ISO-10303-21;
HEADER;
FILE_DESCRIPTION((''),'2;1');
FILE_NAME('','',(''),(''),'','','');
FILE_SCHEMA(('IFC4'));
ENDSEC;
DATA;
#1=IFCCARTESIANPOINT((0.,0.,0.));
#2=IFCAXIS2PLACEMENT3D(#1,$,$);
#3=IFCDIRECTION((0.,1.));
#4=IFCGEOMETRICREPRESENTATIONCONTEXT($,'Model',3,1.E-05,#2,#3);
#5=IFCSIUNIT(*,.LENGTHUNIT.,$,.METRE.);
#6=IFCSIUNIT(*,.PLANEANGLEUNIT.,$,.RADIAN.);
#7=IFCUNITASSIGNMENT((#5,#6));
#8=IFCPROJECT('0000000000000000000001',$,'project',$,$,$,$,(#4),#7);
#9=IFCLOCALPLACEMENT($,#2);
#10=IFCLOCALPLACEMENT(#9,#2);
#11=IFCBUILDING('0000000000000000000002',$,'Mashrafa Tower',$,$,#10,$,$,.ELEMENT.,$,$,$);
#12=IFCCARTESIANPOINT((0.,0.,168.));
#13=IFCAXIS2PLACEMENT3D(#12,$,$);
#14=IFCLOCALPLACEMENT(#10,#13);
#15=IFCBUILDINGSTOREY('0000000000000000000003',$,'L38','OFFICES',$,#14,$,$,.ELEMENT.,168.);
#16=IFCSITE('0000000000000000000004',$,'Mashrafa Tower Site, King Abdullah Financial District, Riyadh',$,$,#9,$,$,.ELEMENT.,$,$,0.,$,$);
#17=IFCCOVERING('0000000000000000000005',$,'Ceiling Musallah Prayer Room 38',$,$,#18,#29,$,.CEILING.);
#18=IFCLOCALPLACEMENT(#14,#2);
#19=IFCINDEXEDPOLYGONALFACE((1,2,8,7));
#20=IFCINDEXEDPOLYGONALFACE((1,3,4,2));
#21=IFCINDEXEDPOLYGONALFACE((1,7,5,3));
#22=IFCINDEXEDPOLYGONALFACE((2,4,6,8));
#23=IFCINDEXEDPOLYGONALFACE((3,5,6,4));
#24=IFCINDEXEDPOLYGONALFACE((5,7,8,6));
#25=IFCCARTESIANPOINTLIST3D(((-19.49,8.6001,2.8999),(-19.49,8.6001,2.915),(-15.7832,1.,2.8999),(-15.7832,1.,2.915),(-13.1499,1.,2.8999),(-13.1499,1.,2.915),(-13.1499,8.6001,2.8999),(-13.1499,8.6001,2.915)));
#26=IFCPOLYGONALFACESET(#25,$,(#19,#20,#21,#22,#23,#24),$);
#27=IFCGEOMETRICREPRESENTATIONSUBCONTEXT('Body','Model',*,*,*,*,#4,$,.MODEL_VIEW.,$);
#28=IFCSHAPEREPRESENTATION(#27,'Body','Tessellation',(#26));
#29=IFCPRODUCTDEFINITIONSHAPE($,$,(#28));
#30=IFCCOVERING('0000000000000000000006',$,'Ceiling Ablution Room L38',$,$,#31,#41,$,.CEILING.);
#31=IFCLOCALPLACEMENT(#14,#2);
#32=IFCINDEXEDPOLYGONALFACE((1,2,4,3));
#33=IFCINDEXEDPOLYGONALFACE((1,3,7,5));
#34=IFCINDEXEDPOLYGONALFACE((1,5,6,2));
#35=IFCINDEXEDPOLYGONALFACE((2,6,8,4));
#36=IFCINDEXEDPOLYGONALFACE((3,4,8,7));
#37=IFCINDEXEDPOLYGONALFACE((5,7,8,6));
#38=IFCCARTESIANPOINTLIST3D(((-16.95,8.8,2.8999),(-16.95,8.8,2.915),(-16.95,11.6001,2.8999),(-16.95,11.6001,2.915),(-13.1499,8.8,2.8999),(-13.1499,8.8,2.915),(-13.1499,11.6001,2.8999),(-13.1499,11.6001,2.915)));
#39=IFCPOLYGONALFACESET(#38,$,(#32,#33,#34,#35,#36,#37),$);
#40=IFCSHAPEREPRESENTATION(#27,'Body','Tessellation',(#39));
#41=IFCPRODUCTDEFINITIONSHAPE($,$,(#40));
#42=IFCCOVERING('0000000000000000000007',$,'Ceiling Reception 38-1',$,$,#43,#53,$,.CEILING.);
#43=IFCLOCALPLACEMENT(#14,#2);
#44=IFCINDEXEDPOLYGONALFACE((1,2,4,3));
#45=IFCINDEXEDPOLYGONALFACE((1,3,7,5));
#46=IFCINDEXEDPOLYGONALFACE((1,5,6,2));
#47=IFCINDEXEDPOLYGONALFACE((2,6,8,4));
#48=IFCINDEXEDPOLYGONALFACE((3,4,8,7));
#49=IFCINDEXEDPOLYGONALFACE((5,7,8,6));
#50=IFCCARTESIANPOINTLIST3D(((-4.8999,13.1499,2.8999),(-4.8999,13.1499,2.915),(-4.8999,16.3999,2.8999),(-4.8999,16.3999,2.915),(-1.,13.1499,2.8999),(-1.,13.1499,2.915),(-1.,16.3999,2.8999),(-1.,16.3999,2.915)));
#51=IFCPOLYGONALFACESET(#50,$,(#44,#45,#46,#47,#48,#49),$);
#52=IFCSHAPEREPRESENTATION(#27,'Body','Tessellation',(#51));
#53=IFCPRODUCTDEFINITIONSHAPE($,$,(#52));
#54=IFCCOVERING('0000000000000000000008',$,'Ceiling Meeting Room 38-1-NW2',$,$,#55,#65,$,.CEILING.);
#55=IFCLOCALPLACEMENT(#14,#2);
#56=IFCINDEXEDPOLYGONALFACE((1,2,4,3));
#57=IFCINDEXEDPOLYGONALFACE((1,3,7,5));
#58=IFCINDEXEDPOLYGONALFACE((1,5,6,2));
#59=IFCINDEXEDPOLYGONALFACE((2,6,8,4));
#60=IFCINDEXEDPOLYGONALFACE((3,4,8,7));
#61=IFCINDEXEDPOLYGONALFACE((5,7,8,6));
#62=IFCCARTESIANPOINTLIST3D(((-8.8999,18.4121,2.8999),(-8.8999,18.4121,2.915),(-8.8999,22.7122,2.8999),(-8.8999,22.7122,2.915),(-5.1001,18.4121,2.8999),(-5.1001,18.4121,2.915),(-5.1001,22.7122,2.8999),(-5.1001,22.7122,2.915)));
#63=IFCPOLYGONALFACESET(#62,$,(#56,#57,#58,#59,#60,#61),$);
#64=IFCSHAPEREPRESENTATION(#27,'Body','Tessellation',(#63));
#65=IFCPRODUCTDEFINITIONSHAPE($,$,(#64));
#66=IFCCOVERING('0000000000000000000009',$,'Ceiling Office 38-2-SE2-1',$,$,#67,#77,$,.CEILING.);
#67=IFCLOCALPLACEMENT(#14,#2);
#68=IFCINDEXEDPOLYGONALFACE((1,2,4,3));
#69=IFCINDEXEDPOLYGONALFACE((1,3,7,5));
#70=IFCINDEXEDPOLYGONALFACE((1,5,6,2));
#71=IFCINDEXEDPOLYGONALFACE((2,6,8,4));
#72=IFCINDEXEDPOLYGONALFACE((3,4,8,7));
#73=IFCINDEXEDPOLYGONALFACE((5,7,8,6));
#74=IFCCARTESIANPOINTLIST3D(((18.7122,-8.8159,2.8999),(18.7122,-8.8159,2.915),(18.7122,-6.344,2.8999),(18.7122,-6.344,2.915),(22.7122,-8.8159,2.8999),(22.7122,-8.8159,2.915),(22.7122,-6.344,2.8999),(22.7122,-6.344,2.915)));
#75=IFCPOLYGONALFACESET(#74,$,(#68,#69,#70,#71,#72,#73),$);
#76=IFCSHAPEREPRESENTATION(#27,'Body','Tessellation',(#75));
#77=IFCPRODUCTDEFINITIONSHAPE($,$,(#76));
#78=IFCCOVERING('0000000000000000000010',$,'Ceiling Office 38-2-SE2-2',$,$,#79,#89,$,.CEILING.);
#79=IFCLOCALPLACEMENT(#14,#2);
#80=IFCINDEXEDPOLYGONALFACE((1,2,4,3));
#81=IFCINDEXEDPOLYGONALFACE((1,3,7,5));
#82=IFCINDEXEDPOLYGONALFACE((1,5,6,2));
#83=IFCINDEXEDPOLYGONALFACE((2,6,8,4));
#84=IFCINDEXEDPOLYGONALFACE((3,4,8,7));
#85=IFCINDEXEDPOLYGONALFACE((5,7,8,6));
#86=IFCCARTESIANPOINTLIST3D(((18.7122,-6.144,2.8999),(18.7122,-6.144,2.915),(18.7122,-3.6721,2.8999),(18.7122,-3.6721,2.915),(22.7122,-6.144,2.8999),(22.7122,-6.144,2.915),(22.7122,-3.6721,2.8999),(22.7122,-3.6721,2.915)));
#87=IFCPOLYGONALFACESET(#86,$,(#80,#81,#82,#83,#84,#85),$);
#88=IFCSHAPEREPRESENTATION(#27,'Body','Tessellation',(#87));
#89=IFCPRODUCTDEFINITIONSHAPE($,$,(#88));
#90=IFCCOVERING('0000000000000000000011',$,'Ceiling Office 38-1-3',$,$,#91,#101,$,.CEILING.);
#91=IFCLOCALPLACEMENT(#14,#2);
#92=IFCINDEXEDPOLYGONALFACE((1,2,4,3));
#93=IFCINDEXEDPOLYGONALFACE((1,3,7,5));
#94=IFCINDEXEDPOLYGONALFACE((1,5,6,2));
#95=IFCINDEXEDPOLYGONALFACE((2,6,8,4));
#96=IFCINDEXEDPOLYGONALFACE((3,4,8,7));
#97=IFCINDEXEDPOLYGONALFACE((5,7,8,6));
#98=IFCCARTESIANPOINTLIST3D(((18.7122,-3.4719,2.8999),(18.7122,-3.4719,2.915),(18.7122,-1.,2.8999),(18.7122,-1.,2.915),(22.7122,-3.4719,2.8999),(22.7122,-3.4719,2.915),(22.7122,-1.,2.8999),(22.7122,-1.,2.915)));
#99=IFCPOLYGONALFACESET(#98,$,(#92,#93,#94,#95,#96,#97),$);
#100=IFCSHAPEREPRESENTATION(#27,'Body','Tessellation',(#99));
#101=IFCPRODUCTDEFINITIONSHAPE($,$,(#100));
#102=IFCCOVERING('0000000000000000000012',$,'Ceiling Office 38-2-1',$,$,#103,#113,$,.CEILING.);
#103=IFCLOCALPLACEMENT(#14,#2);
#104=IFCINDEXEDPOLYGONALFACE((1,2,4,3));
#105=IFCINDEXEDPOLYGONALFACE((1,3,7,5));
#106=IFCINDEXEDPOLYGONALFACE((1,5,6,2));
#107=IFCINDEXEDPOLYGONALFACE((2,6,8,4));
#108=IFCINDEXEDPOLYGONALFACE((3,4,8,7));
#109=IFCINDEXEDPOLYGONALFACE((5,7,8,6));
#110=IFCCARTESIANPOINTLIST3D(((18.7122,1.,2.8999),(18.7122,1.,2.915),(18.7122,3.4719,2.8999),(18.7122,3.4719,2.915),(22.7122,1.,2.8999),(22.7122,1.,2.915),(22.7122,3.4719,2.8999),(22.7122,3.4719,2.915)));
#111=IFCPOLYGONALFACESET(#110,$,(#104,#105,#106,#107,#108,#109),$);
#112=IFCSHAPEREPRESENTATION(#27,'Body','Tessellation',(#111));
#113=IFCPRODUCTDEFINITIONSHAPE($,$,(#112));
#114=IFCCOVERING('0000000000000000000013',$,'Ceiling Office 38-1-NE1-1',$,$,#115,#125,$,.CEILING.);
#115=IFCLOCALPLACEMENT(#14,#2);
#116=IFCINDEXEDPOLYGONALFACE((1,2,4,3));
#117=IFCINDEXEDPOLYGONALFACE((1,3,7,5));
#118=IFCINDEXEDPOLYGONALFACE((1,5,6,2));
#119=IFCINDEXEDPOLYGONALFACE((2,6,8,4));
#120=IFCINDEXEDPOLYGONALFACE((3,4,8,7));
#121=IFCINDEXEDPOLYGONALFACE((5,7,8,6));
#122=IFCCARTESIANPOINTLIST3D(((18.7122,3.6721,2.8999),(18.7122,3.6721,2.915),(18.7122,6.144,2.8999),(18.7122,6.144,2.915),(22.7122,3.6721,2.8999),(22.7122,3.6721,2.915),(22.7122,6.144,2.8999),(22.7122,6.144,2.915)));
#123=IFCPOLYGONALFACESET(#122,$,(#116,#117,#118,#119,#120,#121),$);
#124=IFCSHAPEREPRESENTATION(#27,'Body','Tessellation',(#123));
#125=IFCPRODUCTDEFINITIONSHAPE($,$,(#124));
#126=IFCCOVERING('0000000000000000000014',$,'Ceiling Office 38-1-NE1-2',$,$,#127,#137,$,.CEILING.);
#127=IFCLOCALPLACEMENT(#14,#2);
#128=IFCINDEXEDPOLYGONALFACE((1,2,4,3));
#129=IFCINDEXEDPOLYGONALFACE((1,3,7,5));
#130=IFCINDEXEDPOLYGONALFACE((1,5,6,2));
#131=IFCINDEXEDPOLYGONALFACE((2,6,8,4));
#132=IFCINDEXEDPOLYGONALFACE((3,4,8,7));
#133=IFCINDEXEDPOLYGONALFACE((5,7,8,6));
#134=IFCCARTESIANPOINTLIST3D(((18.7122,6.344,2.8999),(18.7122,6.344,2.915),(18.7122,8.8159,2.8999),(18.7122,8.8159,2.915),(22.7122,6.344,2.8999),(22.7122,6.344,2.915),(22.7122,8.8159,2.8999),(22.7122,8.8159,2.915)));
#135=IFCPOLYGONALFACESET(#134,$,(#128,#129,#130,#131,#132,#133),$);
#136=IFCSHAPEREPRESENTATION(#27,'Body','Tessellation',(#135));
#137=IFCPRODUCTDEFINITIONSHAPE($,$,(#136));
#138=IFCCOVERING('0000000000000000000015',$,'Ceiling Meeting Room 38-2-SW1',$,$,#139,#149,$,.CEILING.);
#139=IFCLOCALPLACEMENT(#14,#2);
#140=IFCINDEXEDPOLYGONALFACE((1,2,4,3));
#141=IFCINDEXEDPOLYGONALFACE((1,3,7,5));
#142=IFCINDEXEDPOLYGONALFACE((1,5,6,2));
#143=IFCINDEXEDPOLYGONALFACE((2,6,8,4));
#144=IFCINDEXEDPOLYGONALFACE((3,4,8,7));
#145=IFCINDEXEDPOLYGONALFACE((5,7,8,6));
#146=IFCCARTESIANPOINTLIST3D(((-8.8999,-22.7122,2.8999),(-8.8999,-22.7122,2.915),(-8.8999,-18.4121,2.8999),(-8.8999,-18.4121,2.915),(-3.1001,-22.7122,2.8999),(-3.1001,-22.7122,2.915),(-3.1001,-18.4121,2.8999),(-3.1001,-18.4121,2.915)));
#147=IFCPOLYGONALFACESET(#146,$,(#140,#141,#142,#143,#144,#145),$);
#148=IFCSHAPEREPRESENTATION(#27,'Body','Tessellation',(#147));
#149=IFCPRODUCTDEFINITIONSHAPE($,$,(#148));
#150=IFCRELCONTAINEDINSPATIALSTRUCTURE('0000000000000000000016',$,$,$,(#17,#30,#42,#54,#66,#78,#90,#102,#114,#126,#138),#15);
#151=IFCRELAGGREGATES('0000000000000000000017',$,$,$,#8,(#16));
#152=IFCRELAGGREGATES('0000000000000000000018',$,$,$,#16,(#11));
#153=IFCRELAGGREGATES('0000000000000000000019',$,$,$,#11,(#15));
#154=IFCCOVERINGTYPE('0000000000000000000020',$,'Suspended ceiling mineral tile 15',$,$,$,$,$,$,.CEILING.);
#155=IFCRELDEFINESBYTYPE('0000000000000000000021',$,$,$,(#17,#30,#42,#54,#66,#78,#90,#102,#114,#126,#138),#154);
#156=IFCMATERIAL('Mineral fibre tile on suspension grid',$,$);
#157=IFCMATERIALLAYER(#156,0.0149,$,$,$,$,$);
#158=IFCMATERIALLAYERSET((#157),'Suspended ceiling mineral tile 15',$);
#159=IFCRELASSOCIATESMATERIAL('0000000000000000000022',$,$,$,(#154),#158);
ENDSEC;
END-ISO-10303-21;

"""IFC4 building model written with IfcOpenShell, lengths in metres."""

from ifc_helpers import new_model, si_unit, direction, frame, origin, place, context, subcontext, project, spatial, polyline, outline, extrude, material, layer, layer_set, type_object, element, save


model = new_model("IFC4")

# Units and contexts
model_context = context("Model", 3, precision=1e-05, world=origin(), true_north=direction((0.0, 1.0)))
body_context = subcontext(model_context, "Body", "Model", "MODEL_VIEW")
ifc_project = project(units=[si_unit("LENGTHUNIT", "METRE"), si_unit("PLANEANGLEUNIT", "RADIAN")], contexts=[model_context])

# Site, building, storey
site_placement = place(None, origin())
site = spatial("IfcSite", under=ifc_project, at=site_placement, Name="Mashrafa Tower Site, King Abdullah Financial District, Riyadh", CompositionType="ELEMENT", RefElevation=0.0)
building_placement = place(site_placement, origin())
building = spatial("IfcBuilding", under=site, at=building_placement, Name="Mashrafa Tower", CompositionType="ELEMENT")
storey_placement = place(building_placement, frame((0.0, 0.0, 168.0)))
storey = spatial("IfcBuildingStorey", under=building, at=storey_placement, Name="L38", Description="OFFICES", CompositionType="ELEMENT", Elevation=168.0)

# Coverings
ifc_material_1 = material(Name="Mineral fibre tile on suspension grid")
ifc_layer_1 = layer(ifc_material_1, 0.0149)
ifc_layer_set_1 = layer_set([ifc_layer_1], Name="Suspended ceiling mineral tile 15")
covering_type_1 = type_object("IfcCoveringType", Name="Suspended ceiling mineral tile 15", PredefinedType="CEILING", material=ifc_layer_set_1)
covering_1_placement = place(storey_placement, frame((0.0, 0.0, 2.8999)))
element("IfcCovering", 1, at=covering_1_placement, inside=storey, type_object=covering_type_1, Name="Ceiling Musallah Prayer Room 38", PredefinedType="CEILING", context=body_context, shape_type="SweptSolid", body=[
    extrude(outline(polyline([(-15.7832, 1.0), (-19.49, 8.6001), (-13.1499, 8.6001), (-13.1499, 1.0), (-15.7832, 1.0)])), origin(), (0.0, 0.0, 1.0), 0.0151),
])
covering_2_placement = place(storey_placement, frame((0.0, 0.0, 2.8999)))
element("IfcCovering", 2, at=covering_2_placement, inside=storey, type_object=covering_type_1, Name="Ceiling Ablution Room L38", PredefinedType="CEILING", context=body_context, shape_type="SweptSolid", body=[
    extrude(outline(polyline([(-16.95, 8.8), (-16.95, 11.6001), (-13.1499, 11.6001), (-13.1499, 8.8), (-16.95, 8.8)])), origin(), (0.0, 0.0, 1.0), 0.0151),
])
covering_3_placement = place(storey_placement, frame((0.0, 0.0, 2.8999)))
element("IfcCovering", 3, at=covering_3_placement, inside=storey, type_object=covering_type_1, Name="Ceiling Reception 38-1", PredefinedType="CEILING", context=body_context, shape_type="SweptSolid", body=[
    extrude(outline(polyline([(-4.8999, 16.3999), (-1.0, 16.3999), (-1.0, 13.1499), (-4.8999, 13.1499), (-4.8999, 16.3999)])), origin(), (0.0, 0.0, 1.0), 0.0151),
])
covering_4_placement = place(storey_placement, frame((0.0, 0.0, 2.8999)))
element("IfcCovering", 4, at=covering_4_placement, inside=storey, type_object=covering_type_1, Name="Ceiling Meeting Room 38-1-NW2", PredefinedType="CEILING", context=body_context, shape_type="SweptSolid", body=[
    extrude(outline(polyline([(-8.8999, 22.7122), (-5.1001, 22.7122), (-5.1001, 18.4121), (-8.8999, 18.4121), (-8.8999, 22.7122)])), origin(), (0.0, 0.0, 1.0), 0.0151),
])
covering_5_placement = place(storey_placement, frame((0.0, 0.0, 2.8999)))
element("IfcCovering", 5, at=covering_5_placement, inside=storey, type_object=covering_type_1, Name="Ceiling Office 38-2-SE2-1", PredefinedType="CEILING", context=body_context, shape_type="SweptSolid", body=[
    extrude(outline(polyline([(18.7122, -6.344), (22.7122, -6.344), (22.7122, -8.8159), (18.7122, -8.8159), (18.7122, -6.344)])), origin(), (0.0, 0.0, 1.0), 0.0151),
])
covering_6_placement = place(storey_placement, frame((0.0, 0.0, 2.8999)))
element("IfcCovering", 6, at=covering_6_placement, inside=storey, type_object=covering_type_1, Name="Ceiling Office 38-2-SE2-2", PredefinedType="CEILING", context=body_context, shape_type="SweptSolid", body=[
    extrude(outline(polyline([(18.7122, -3.6721), (22.7122, -3.6721), (22.7122, -6.144), (18.7122, -6.144), (18.7122, -3.6721)])), origin(), (0.0, 0.0, 1.0), 0.0151),
])
covering_7_placement = place(storey_placement, frame((0.0, 0.0, 2.8999)))
element("IfcCovering", 7, at=covering_7_placement, inside=storey, type_object=covering_type_1, Name="Ceiling Office 38-1-3", PredefinedType="CEILING", context=body_context, shape_type="SweptSolid", body=[
    extrude(outline(polyline([(18.7122, -1.0), (22.7122, -1.0), (22.7122, -3.4719), (18.7122, -3.4719), (18.7122, -1.0)])), origin(), (0.0, 0.0, 1.0), 0.0151),
])
covering_8_placement = place(storey_placement, frame((0.0, 0.0, 2.8999)))
element("IfcCovering", 8, at=covering_8_placement, inside=storey, type_object=covering_type_1, Name="Ceiling Office 38-2-1", PredefinedType="CEILING", context=body_context, shape_type="SweptSolid", body=[
    extrude(outline(polyline([(18.7122, 3.4719), (22.7122, 3.4719), (22.7122, 1.0), (18.7122, 1.0), (18.7122, 3.4719)])), origin(), (0.0, 0.0, 1.0), 0.0151),
])
covering_9_placement = place(storey_placement, frame((0.0, 0.0, 2.8999)))
element("IfcCovering", 9, at=covering_9_placement, inside=storey, type_object=covering_type_1, Name="Ceiling Office 38-1-NE1-1", PredefinedType="CEILING", context=body_context, shape_type="SweptSolid", body=[
    extrude(outline(polyline([(18.7122, 6.144), (22.7122, 6.144), (22.7122, 3.6721), (18.7122, 3.6721), (18.7122, 6.144)])), origin(), (0.0, 0.0, 1.0), 0.0151),
])
covering_10_placement = place(storey_placement, frame((0.0, 0.0, 2.8999)))
element("IfcCovering", 10, at=covering_10_placement, inside=storey, type_object=covering_type_1, Name="Ceiling Office 38-1-NE1-2", PredefinedType="CEILING", context=body_context, shape_type="SweptSolid", body=[
    extrude(outline(polyline([(18.7122, 8.8159), (22.7122, 8.8159), (22.7122, 6.344), (18.7122, 6.344), (18.7122, 8.8159)])), origin(), (0.0, 0.0, 1.0), 0.0151),
])
covering_11_placement = place(storey_placement, frame((0.0, 0.0, 2.8999)))
element("IfcCovering", 11, at=covering_11_placement, inside=storey, type_object=covering_type_1, Name="Ceiling Meeting Room 38-2-SW1", PredefinedType="CEILING", context=body_context, shape_type="SweptSolid", body=[
    extrude(outline(polyline([(-8.8999, -18.4121), (-3.1001, -18.4121), (-3.1001, -22.7122), (-8.8999, -22.7122), (-8.8999, -18.4121)])), origin(), (0.0, 0.0, 1.0), 0.0151),
])

save(model, "model.ifc")
